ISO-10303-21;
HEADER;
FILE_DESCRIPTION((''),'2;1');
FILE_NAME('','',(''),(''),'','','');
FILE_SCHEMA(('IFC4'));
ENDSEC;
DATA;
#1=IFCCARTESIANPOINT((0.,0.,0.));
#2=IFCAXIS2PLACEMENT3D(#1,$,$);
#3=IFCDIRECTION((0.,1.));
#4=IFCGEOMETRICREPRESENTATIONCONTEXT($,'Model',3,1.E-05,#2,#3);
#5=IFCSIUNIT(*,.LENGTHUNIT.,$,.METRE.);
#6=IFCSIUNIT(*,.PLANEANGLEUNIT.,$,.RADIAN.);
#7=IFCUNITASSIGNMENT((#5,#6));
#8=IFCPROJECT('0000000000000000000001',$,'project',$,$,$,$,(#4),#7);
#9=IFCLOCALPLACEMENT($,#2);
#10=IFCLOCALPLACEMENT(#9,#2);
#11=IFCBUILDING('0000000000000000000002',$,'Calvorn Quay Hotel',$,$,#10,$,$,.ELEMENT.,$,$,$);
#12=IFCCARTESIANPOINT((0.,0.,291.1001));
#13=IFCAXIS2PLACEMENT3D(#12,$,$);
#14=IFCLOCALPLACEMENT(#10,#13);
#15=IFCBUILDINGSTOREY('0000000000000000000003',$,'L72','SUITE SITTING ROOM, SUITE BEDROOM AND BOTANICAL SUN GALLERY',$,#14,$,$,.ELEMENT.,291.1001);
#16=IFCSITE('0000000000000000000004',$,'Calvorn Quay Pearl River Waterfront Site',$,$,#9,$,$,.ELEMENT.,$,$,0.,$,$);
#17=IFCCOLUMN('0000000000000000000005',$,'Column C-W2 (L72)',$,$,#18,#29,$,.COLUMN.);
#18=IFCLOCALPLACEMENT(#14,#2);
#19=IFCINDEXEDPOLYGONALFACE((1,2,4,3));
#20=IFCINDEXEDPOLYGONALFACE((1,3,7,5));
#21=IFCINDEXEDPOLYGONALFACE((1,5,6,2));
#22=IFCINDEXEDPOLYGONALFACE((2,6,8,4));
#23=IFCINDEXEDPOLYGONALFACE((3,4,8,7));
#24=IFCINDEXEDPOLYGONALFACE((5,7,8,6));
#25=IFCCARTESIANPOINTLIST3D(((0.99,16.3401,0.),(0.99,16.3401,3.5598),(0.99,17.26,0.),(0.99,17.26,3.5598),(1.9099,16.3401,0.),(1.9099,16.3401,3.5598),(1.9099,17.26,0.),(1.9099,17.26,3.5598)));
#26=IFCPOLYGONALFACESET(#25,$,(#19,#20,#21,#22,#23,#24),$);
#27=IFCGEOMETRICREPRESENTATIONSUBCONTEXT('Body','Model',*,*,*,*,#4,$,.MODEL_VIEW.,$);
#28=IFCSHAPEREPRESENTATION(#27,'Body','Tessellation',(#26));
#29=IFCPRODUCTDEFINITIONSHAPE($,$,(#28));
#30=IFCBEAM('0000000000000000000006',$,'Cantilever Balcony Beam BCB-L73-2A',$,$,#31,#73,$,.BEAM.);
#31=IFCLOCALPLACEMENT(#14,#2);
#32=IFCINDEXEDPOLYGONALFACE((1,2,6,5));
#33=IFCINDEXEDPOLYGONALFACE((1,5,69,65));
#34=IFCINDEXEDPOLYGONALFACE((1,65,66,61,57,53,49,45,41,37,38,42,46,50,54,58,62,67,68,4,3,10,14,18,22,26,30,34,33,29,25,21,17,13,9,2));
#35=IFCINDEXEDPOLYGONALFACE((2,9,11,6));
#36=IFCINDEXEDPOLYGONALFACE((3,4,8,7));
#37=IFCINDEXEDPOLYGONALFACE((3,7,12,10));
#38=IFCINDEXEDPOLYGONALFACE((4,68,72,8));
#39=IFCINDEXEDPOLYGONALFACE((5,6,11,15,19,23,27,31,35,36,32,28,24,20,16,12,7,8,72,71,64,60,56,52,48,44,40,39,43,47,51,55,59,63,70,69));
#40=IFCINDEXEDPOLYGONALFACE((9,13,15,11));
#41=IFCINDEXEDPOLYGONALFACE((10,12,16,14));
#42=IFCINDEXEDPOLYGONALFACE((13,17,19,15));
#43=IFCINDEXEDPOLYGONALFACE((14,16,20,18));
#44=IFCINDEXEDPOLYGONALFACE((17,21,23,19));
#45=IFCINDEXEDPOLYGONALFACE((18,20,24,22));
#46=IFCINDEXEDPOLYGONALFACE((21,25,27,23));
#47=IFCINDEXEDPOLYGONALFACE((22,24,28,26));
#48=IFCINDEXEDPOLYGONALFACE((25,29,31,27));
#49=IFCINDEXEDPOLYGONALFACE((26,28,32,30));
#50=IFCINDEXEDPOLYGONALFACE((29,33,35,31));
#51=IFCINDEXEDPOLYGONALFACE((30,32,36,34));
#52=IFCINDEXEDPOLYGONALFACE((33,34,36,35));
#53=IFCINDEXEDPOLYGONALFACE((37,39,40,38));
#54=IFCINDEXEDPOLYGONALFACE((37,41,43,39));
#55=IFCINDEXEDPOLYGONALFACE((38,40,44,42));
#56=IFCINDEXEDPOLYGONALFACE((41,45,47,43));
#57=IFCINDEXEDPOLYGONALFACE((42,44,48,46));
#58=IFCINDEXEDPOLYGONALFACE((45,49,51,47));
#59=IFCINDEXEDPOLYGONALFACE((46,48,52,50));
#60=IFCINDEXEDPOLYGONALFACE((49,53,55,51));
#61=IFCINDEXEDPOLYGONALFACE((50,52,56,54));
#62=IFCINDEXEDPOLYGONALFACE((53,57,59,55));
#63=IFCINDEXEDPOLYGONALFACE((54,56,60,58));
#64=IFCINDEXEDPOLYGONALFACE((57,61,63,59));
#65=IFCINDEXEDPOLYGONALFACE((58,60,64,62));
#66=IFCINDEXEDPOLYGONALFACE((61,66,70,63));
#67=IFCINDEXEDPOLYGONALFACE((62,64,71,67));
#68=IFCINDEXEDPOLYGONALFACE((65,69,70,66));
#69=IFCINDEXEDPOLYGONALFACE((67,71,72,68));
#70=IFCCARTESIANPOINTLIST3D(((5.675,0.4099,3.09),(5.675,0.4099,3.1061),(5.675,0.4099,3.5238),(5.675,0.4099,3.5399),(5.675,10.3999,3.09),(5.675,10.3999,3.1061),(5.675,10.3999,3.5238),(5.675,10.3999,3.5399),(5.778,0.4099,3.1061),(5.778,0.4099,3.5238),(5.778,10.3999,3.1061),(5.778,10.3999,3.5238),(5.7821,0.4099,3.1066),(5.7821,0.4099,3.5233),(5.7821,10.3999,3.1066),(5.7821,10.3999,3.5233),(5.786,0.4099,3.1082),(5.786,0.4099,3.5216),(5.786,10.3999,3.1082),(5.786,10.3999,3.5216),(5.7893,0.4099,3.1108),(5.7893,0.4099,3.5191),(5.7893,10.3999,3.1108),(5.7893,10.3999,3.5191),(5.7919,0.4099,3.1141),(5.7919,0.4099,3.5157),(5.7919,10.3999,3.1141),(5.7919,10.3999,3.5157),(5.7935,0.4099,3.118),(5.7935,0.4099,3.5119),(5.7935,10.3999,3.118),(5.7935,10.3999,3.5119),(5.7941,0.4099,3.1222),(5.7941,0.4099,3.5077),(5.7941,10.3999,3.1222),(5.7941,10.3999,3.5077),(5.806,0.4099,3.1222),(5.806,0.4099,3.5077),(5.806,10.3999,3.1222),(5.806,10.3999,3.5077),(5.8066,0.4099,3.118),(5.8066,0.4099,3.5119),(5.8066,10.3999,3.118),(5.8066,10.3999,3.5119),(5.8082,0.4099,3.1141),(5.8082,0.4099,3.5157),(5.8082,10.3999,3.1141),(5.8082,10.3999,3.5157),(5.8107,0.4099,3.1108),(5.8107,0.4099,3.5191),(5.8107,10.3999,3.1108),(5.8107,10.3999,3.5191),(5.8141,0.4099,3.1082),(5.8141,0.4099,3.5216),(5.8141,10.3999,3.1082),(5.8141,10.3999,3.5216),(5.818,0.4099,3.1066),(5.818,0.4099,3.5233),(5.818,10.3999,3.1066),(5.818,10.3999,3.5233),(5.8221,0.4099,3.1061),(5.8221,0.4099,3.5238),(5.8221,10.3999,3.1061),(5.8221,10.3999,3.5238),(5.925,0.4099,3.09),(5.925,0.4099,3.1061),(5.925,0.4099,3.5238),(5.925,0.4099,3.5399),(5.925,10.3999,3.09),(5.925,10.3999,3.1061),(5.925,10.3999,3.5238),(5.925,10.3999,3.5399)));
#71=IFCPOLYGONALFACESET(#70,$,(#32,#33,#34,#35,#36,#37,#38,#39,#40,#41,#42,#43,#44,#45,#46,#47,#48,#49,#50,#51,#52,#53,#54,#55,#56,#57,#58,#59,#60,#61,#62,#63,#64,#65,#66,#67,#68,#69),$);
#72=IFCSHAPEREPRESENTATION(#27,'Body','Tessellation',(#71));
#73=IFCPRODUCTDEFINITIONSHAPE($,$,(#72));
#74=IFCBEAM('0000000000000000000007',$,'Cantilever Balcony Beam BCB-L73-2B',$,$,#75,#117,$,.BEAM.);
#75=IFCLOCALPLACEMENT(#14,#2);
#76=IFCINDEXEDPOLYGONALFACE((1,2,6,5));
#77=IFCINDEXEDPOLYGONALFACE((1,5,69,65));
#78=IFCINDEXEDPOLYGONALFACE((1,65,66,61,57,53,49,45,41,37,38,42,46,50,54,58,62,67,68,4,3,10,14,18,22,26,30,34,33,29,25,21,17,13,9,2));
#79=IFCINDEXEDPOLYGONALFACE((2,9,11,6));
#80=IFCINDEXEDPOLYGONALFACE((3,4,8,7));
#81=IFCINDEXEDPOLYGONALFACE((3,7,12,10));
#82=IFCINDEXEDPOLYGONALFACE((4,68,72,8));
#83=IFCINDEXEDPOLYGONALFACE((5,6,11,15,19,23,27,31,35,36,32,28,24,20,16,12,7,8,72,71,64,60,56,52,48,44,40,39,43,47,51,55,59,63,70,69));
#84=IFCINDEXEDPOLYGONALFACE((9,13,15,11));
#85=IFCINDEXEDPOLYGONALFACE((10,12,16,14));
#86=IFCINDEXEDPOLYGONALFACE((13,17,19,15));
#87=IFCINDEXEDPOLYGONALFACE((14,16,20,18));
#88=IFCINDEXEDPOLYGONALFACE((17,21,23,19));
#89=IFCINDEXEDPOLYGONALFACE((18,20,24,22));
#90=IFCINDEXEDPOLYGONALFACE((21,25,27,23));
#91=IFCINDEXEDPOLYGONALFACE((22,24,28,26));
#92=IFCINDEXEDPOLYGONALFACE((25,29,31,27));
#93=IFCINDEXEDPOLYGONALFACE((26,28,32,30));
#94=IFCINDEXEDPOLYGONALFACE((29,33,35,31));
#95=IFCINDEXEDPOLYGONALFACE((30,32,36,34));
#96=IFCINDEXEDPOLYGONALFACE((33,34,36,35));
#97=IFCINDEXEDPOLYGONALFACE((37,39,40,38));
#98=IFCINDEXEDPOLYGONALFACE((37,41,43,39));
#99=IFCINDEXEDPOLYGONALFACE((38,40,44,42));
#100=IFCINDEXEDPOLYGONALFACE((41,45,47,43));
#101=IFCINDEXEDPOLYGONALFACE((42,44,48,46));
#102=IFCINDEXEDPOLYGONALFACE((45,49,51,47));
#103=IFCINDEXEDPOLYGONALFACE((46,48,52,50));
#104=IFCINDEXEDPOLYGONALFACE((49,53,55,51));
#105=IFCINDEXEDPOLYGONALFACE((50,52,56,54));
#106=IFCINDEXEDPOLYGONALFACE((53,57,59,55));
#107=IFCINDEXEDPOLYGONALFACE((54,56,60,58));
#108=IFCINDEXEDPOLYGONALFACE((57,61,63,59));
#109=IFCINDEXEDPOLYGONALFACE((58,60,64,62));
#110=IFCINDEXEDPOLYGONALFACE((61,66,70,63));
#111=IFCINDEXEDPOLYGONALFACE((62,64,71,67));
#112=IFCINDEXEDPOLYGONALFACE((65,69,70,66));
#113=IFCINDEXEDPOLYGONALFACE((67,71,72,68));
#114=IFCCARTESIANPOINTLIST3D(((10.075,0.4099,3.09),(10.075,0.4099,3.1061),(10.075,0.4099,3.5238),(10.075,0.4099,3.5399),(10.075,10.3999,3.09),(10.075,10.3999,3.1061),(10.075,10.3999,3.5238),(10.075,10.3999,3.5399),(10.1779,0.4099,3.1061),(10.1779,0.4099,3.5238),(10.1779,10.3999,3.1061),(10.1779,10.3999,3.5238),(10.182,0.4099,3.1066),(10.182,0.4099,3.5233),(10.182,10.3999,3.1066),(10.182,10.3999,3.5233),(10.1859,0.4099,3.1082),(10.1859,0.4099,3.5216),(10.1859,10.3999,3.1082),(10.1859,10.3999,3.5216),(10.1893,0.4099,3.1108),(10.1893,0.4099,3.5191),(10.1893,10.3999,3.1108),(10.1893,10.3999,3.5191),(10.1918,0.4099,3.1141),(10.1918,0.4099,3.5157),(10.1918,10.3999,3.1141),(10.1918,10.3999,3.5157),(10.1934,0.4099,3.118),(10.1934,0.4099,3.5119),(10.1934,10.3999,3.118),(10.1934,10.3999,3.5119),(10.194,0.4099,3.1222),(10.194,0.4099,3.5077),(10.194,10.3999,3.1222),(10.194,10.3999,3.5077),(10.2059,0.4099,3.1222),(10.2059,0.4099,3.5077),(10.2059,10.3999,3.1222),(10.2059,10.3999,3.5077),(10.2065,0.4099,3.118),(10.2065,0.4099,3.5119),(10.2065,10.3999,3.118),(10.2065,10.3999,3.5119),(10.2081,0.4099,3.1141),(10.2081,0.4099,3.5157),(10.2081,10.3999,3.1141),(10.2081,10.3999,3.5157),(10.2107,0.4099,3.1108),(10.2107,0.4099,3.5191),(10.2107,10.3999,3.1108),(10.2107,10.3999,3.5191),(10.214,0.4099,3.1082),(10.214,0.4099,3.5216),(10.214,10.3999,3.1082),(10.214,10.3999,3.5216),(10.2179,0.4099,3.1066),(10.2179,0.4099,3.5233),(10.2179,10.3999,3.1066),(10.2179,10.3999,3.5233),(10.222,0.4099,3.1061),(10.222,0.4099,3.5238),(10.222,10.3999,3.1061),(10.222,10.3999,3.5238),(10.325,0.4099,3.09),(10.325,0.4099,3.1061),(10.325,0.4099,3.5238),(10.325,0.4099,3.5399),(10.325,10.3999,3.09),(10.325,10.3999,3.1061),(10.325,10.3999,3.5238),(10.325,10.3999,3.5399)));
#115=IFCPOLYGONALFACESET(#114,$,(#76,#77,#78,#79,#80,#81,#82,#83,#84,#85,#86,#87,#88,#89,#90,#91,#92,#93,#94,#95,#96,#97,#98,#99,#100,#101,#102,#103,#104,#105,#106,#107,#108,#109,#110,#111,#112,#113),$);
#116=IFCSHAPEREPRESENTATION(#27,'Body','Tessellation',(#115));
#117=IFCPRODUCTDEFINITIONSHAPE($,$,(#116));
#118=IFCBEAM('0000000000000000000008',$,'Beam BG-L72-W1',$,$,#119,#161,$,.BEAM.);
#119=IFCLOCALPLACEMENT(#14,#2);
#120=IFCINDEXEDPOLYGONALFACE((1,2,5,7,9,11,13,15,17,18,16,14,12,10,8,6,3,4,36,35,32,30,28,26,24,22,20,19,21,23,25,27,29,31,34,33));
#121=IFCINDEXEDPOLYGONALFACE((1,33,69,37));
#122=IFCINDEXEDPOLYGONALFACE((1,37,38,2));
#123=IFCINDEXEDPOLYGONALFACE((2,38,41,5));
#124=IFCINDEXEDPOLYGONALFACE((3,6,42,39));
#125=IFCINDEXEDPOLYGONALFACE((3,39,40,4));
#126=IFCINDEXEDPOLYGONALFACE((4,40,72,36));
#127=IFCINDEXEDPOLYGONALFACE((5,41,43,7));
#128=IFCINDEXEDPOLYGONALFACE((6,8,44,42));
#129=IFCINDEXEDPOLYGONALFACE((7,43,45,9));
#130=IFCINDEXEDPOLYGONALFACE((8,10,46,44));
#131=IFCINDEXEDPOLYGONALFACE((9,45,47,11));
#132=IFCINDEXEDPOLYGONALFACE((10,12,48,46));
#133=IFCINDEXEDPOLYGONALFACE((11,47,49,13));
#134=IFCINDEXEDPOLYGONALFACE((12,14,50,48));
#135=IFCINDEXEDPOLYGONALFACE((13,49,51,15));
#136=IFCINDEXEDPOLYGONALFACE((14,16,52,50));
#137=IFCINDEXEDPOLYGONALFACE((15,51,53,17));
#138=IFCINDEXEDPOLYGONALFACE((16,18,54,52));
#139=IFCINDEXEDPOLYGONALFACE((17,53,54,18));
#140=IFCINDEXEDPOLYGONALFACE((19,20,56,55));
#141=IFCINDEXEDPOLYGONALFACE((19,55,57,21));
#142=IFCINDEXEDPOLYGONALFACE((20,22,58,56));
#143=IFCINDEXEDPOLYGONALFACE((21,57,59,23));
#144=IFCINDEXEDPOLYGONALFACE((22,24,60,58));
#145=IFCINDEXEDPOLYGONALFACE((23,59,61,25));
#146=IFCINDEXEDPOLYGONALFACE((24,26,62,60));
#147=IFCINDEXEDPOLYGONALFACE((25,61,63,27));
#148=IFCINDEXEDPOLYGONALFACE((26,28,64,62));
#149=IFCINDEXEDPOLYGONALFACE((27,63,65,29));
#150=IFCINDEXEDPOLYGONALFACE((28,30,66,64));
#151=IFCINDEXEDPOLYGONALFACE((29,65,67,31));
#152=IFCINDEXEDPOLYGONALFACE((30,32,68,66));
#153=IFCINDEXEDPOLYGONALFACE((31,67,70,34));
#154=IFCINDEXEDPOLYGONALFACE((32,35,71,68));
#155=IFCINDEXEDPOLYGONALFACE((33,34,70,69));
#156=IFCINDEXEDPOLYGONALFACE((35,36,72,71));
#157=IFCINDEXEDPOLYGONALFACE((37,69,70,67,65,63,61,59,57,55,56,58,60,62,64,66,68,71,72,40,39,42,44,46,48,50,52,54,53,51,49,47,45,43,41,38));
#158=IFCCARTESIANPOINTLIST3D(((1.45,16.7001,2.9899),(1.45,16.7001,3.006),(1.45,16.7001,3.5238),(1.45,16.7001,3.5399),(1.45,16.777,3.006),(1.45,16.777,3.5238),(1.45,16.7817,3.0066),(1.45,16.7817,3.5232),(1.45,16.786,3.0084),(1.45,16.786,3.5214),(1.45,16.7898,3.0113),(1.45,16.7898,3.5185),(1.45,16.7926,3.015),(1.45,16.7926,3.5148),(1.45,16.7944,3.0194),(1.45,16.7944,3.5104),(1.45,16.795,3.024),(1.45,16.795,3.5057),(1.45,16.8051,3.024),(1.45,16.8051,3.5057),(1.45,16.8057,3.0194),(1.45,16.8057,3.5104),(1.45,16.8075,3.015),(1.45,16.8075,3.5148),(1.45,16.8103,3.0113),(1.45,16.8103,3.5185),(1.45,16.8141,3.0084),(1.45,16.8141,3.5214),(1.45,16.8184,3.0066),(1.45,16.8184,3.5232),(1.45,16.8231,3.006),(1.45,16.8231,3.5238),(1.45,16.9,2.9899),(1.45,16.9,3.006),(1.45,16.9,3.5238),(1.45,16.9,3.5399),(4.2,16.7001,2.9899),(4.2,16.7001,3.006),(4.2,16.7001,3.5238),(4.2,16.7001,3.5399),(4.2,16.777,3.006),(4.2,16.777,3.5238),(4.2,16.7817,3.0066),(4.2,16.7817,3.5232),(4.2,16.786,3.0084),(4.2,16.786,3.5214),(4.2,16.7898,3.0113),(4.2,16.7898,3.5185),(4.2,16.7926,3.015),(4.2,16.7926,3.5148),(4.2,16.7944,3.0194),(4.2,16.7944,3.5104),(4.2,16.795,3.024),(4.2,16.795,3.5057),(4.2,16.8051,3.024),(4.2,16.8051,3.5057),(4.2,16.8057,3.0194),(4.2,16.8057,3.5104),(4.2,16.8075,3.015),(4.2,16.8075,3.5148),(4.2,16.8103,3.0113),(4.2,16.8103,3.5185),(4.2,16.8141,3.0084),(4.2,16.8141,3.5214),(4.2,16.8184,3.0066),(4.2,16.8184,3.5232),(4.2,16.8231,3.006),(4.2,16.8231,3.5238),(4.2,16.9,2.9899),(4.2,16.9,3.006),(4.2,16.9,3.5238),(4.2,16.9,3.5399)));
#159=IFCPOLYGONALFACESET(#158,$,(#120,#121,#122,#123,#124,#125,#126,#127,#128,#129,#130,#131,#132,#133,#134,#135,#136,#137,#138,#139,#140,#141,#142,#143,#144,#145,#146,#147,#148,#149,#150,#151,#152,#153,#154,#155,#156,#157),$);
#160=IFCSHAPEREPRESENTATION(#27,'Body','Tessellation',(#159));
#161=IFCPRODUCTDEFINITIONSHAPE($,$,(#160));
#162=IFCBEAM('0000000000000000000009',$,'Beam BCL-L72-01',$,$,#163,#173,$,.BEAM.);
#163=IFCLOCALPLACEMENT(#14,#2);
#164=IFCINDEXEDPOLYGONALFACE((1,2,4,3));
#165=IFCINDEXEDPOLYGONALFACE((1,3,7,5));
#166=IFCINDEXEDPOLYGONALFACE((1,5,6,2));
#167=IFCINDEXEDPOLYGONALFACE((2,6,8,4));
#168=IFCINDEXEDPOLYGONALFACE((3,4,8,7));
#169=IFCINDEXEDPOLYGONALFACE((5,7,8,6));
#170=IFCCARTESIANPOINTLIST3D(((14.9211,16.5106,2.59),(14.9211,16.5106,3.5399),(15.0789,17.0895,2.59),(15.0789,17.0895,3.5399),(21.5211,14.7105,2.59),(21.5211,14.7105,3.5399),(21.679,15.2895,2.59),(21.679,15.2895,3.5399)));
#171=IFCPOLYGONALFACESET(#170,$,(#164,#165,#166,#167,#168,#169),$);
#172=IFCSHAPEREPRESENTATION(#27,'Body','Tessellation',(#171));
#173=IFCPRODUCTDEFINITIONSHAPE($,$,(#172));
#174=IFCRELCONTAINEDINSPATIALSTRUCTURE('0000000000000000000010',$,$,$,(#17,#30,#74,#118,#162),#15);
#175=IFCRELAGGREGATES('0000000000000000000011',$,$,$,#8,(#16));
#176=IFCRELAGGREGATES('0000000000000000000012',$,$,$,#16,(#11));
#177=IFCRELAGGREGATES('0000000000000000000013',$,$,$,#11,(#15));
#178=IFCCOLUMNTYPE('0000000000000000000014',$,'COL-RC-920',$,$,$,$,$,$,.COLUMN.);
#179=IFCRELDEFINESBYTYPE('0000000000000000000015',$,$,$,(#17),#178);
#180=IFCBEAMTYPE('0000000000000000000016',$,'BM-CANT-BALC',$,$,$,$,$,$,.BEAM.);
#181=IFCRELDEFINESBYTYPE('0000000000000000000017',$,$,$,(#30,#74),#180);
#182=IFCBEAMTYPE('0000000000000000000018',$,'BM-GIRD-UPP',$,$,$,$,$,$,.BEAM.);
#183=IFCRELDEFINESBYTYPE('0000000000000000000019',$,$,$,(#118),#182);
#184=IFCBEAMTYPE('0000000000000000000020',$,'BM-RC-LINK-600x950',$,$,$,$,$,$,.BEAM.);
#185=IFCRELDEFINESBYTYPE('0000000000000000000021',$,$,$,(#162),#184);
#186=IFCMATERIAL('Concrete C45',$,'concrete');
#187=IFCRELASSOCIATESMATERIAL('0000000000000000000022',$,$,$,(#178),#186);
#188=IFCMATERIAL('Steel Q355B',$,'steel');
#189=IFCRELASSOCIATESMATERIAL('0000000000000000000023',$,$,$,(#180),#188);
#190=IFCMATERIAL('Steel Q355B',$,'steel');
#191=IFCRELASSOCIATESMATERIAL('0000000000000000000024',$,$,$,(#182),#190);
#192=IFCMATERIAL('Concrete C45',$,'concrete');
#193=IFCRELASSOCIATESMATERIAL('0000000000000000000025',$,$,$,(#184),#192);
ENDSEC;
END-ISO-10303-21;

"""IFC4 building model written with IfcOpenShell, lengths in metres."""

from ifc_helpers import new_model, si_unit, direction, frame, origin, origin_2d, place, context, subcontext, project, spatial, rectangle, i_section, extrude, material, material_profile, profile_set, type_object, element, save


model = new_model("IFC4")

# Units and contexts
model_context = context("Model", 3, precision=1e-05, world=origin(), true_north=direction((0.0, 1.0)))
body_context = subcontext(model_context, "Body", "Model", "MODEL_VIEW")
ifc_project = project(units=[si_unit("LENGTHUNIT", "METRE"), si_unit("PLANEANGLEUNIT", "RADIAN")], contexts=[model_context])

# Site, building, storey
site_placement = place(None, origin())
site = spatial("IfcSite", under=ifc_project, at=site_placement, Name="Calvorn Quay Pearl River Waterfront Site", CompositionType="ELEMENT", RefElevation=0.0)
building_placement = place(site_placement, origin())
building = spatial("IfcBuilding", under=site, at=building_placement, Name="Calvorn Quay Hotel", CompositionType="ELEMENT")
storey_placement = place(building_placement, frame((0.0, 0.0, 291.1001)))
storey = spatial("IfcBuildingStorey", under=building, at=storey_placement, Name="L72", Description="SUITE SITTING ROOM, SUITE BEDROOM AND BOTANICAL SUN GALLERY", CompositionType="ELEMENT", Elevation=291.1001)

# Column
ifc_material_1 = material(Name="Concrete C45", Category="concrete")
ifc_material_profile_1 = material_profile(ifc_material_1, rectangle(XDim=0.9199, YDim=0.9199, at=origin_2d()), Name="RC920x920")
ifc_profile_set_1 = profile_set([ifc_material_profile_1], Name="Concrete C45")
column_type = type_object("IfcColumnType", Name="COL-RC-920", PredefinedType="COLUMN", material=ifc_profile_set_1)
column_placement = place(storey_placement, frame((1.45, 16.8, 0.0), z_axis=(0.0, 0.0, 1.0), x_axis=(1.0, 0.0, 0.0)))
element("IfcColumn", 1, at=column_placement, inside=storey, type_object=column_type, Name="Column C-W2 (L72)", PredefinedType="COLUMN", context=body_context, shape_type="SweptSolid", body=[
    extrude(rectangle(XDim=0.9199, YDim=0.9199, at=origin_2d()), origin(), (0.0, 0.0, 1.0), 3.5598),
])

# Beams
ifc_material_2 = material(Name="Steel Q355B", Category="steel")
ifc_material_profile_2 = material_profile(ifc_material_2, i_section(OverallWidth=0.25, OverallDepth=0.45, WebThickness=0.012, FlangeThickness=0.0161, FilletRadius=0.0161, at=origin_2d()), Name="HN450x250x12x16")
ifc_profile_set_2 = profile_set([ifc_material_profile_2], Name="Steel Q355B")
beam_type_1 = type_object("IfcBeamType", Name="BM-CANT-BALC", PredefinedType="BEAM", material=ifc_profile_set_2)
for number, where, z_axis, x_axis, name in (
    (2, (5.8, 10.3999, 3.3149), (0.0, -1.0, 0.0), (1.0, 0.0, 0.0), "Cantilever Balcony Beam BCB-L73-2A"),
    (3, (10.2, 10.3999, 3.3149), (0.0, -1.0, 0.0), (1.0, 0.0, 0.0), "Cantilever Balcony Beam BCB-L73-2B"),
):
    element("IfcBeam", number, at=place(storey_placement, frame(where, z_axis=z_axis, x_axis=x_axis)), inside=storey, type_object=beam_type_1, Name=name, PredefinedType="BEAM", context=body_context, shape_type="SweptSolid", body=[
        extrude(i_section(OverallWidth=0.25, OverallDepth=0.45, WebThickness=0.012, FlangeThickness=0.0161, FilletRadius=0.0161, at=origin_2d()), origin(), (0.0, 0.0, 1.0), 9.99),
    ])
ifc_material_3 = material(Name="Steel Q355B", Category="steel")
ifc_material_profile_3 = material_profile(ifc_material_3, i_section(OverallWidth=0.2, OverallDepth=0.55, WebThickness=0.01, FlangeThickness=0.0161, FilletRadius=0.0181, at=origin_2d()), Name="HN550x200x10x16")
ifc_profile_set_3 = profile_set([ifc_material_profile_3], Name="Steel Q355B")
beam_type_2 = type_object("IfcBeamType", Name="BM-GIRD-UPP", PredefinedType="BEAM", material=ifc_profile_set_3)
beam_1_placement = place(storey_placement, frame((1.45, 16.8, 3.2649), z_axis=(1.0, 0.0, 0.0), x_axis=(0.0, 1.0, 0.0)))
element("IfcBeam", 4, at=beam_1_placement, inside=storey, type_object=beam_type_2, Name="Beam BG-L72-W1", PredefinedType="BEAM", context=body_context, shape_type="SweptSolid", body=[
    extrude(i_section(OverallWidth=0.2, OverallDepth=0.55, WebThickness=0.01, FlangeThickness=0.0161, FilletRadius=0.0181, at=origin_2d()), origin(), (0.0, 0.0, 1.0), 2.75),
])
ifc_material_4 = material(Name="Concrete C45", Category="concrete")
ifc_material_profile_4 = material_profile(ifc_material_4, rectangle(XDim=0.6001, YDim=0.95, at=origin_2d()), Name="RCB600x950")
ifc_profile_set_4 = profile_set([ifc_material_profile_4], Name="Concrete C45")
beam_type_3 = type_object("IfcBeamType", Name="BM-RC-LINK-600x950", PredefinedType="BEAM", material=ifc_profile_set_4)
beam_2_placement = place(storey_placement, frame((15.0, 16.8, 3.0649), z_axis=(0.964763, -0.26312, 0.0), x_axis=(0.26312, 0.964763, 0.0)))
element("IfcBeam", 5, at=beam_2_placement, inside=storey, type_object=beam_type_3, Name="Beam BCL-L72-01", PredefinedType="BEAM", context=body_context, shape_type="SweptSolid", body=[
    extrude(rectangle(XDim=0.6001, YDim=0.95, at=origin_2d()), origin(), (0.0, 0.0, 1.0), 6.8411),
])

save(model, "model.ifc")
